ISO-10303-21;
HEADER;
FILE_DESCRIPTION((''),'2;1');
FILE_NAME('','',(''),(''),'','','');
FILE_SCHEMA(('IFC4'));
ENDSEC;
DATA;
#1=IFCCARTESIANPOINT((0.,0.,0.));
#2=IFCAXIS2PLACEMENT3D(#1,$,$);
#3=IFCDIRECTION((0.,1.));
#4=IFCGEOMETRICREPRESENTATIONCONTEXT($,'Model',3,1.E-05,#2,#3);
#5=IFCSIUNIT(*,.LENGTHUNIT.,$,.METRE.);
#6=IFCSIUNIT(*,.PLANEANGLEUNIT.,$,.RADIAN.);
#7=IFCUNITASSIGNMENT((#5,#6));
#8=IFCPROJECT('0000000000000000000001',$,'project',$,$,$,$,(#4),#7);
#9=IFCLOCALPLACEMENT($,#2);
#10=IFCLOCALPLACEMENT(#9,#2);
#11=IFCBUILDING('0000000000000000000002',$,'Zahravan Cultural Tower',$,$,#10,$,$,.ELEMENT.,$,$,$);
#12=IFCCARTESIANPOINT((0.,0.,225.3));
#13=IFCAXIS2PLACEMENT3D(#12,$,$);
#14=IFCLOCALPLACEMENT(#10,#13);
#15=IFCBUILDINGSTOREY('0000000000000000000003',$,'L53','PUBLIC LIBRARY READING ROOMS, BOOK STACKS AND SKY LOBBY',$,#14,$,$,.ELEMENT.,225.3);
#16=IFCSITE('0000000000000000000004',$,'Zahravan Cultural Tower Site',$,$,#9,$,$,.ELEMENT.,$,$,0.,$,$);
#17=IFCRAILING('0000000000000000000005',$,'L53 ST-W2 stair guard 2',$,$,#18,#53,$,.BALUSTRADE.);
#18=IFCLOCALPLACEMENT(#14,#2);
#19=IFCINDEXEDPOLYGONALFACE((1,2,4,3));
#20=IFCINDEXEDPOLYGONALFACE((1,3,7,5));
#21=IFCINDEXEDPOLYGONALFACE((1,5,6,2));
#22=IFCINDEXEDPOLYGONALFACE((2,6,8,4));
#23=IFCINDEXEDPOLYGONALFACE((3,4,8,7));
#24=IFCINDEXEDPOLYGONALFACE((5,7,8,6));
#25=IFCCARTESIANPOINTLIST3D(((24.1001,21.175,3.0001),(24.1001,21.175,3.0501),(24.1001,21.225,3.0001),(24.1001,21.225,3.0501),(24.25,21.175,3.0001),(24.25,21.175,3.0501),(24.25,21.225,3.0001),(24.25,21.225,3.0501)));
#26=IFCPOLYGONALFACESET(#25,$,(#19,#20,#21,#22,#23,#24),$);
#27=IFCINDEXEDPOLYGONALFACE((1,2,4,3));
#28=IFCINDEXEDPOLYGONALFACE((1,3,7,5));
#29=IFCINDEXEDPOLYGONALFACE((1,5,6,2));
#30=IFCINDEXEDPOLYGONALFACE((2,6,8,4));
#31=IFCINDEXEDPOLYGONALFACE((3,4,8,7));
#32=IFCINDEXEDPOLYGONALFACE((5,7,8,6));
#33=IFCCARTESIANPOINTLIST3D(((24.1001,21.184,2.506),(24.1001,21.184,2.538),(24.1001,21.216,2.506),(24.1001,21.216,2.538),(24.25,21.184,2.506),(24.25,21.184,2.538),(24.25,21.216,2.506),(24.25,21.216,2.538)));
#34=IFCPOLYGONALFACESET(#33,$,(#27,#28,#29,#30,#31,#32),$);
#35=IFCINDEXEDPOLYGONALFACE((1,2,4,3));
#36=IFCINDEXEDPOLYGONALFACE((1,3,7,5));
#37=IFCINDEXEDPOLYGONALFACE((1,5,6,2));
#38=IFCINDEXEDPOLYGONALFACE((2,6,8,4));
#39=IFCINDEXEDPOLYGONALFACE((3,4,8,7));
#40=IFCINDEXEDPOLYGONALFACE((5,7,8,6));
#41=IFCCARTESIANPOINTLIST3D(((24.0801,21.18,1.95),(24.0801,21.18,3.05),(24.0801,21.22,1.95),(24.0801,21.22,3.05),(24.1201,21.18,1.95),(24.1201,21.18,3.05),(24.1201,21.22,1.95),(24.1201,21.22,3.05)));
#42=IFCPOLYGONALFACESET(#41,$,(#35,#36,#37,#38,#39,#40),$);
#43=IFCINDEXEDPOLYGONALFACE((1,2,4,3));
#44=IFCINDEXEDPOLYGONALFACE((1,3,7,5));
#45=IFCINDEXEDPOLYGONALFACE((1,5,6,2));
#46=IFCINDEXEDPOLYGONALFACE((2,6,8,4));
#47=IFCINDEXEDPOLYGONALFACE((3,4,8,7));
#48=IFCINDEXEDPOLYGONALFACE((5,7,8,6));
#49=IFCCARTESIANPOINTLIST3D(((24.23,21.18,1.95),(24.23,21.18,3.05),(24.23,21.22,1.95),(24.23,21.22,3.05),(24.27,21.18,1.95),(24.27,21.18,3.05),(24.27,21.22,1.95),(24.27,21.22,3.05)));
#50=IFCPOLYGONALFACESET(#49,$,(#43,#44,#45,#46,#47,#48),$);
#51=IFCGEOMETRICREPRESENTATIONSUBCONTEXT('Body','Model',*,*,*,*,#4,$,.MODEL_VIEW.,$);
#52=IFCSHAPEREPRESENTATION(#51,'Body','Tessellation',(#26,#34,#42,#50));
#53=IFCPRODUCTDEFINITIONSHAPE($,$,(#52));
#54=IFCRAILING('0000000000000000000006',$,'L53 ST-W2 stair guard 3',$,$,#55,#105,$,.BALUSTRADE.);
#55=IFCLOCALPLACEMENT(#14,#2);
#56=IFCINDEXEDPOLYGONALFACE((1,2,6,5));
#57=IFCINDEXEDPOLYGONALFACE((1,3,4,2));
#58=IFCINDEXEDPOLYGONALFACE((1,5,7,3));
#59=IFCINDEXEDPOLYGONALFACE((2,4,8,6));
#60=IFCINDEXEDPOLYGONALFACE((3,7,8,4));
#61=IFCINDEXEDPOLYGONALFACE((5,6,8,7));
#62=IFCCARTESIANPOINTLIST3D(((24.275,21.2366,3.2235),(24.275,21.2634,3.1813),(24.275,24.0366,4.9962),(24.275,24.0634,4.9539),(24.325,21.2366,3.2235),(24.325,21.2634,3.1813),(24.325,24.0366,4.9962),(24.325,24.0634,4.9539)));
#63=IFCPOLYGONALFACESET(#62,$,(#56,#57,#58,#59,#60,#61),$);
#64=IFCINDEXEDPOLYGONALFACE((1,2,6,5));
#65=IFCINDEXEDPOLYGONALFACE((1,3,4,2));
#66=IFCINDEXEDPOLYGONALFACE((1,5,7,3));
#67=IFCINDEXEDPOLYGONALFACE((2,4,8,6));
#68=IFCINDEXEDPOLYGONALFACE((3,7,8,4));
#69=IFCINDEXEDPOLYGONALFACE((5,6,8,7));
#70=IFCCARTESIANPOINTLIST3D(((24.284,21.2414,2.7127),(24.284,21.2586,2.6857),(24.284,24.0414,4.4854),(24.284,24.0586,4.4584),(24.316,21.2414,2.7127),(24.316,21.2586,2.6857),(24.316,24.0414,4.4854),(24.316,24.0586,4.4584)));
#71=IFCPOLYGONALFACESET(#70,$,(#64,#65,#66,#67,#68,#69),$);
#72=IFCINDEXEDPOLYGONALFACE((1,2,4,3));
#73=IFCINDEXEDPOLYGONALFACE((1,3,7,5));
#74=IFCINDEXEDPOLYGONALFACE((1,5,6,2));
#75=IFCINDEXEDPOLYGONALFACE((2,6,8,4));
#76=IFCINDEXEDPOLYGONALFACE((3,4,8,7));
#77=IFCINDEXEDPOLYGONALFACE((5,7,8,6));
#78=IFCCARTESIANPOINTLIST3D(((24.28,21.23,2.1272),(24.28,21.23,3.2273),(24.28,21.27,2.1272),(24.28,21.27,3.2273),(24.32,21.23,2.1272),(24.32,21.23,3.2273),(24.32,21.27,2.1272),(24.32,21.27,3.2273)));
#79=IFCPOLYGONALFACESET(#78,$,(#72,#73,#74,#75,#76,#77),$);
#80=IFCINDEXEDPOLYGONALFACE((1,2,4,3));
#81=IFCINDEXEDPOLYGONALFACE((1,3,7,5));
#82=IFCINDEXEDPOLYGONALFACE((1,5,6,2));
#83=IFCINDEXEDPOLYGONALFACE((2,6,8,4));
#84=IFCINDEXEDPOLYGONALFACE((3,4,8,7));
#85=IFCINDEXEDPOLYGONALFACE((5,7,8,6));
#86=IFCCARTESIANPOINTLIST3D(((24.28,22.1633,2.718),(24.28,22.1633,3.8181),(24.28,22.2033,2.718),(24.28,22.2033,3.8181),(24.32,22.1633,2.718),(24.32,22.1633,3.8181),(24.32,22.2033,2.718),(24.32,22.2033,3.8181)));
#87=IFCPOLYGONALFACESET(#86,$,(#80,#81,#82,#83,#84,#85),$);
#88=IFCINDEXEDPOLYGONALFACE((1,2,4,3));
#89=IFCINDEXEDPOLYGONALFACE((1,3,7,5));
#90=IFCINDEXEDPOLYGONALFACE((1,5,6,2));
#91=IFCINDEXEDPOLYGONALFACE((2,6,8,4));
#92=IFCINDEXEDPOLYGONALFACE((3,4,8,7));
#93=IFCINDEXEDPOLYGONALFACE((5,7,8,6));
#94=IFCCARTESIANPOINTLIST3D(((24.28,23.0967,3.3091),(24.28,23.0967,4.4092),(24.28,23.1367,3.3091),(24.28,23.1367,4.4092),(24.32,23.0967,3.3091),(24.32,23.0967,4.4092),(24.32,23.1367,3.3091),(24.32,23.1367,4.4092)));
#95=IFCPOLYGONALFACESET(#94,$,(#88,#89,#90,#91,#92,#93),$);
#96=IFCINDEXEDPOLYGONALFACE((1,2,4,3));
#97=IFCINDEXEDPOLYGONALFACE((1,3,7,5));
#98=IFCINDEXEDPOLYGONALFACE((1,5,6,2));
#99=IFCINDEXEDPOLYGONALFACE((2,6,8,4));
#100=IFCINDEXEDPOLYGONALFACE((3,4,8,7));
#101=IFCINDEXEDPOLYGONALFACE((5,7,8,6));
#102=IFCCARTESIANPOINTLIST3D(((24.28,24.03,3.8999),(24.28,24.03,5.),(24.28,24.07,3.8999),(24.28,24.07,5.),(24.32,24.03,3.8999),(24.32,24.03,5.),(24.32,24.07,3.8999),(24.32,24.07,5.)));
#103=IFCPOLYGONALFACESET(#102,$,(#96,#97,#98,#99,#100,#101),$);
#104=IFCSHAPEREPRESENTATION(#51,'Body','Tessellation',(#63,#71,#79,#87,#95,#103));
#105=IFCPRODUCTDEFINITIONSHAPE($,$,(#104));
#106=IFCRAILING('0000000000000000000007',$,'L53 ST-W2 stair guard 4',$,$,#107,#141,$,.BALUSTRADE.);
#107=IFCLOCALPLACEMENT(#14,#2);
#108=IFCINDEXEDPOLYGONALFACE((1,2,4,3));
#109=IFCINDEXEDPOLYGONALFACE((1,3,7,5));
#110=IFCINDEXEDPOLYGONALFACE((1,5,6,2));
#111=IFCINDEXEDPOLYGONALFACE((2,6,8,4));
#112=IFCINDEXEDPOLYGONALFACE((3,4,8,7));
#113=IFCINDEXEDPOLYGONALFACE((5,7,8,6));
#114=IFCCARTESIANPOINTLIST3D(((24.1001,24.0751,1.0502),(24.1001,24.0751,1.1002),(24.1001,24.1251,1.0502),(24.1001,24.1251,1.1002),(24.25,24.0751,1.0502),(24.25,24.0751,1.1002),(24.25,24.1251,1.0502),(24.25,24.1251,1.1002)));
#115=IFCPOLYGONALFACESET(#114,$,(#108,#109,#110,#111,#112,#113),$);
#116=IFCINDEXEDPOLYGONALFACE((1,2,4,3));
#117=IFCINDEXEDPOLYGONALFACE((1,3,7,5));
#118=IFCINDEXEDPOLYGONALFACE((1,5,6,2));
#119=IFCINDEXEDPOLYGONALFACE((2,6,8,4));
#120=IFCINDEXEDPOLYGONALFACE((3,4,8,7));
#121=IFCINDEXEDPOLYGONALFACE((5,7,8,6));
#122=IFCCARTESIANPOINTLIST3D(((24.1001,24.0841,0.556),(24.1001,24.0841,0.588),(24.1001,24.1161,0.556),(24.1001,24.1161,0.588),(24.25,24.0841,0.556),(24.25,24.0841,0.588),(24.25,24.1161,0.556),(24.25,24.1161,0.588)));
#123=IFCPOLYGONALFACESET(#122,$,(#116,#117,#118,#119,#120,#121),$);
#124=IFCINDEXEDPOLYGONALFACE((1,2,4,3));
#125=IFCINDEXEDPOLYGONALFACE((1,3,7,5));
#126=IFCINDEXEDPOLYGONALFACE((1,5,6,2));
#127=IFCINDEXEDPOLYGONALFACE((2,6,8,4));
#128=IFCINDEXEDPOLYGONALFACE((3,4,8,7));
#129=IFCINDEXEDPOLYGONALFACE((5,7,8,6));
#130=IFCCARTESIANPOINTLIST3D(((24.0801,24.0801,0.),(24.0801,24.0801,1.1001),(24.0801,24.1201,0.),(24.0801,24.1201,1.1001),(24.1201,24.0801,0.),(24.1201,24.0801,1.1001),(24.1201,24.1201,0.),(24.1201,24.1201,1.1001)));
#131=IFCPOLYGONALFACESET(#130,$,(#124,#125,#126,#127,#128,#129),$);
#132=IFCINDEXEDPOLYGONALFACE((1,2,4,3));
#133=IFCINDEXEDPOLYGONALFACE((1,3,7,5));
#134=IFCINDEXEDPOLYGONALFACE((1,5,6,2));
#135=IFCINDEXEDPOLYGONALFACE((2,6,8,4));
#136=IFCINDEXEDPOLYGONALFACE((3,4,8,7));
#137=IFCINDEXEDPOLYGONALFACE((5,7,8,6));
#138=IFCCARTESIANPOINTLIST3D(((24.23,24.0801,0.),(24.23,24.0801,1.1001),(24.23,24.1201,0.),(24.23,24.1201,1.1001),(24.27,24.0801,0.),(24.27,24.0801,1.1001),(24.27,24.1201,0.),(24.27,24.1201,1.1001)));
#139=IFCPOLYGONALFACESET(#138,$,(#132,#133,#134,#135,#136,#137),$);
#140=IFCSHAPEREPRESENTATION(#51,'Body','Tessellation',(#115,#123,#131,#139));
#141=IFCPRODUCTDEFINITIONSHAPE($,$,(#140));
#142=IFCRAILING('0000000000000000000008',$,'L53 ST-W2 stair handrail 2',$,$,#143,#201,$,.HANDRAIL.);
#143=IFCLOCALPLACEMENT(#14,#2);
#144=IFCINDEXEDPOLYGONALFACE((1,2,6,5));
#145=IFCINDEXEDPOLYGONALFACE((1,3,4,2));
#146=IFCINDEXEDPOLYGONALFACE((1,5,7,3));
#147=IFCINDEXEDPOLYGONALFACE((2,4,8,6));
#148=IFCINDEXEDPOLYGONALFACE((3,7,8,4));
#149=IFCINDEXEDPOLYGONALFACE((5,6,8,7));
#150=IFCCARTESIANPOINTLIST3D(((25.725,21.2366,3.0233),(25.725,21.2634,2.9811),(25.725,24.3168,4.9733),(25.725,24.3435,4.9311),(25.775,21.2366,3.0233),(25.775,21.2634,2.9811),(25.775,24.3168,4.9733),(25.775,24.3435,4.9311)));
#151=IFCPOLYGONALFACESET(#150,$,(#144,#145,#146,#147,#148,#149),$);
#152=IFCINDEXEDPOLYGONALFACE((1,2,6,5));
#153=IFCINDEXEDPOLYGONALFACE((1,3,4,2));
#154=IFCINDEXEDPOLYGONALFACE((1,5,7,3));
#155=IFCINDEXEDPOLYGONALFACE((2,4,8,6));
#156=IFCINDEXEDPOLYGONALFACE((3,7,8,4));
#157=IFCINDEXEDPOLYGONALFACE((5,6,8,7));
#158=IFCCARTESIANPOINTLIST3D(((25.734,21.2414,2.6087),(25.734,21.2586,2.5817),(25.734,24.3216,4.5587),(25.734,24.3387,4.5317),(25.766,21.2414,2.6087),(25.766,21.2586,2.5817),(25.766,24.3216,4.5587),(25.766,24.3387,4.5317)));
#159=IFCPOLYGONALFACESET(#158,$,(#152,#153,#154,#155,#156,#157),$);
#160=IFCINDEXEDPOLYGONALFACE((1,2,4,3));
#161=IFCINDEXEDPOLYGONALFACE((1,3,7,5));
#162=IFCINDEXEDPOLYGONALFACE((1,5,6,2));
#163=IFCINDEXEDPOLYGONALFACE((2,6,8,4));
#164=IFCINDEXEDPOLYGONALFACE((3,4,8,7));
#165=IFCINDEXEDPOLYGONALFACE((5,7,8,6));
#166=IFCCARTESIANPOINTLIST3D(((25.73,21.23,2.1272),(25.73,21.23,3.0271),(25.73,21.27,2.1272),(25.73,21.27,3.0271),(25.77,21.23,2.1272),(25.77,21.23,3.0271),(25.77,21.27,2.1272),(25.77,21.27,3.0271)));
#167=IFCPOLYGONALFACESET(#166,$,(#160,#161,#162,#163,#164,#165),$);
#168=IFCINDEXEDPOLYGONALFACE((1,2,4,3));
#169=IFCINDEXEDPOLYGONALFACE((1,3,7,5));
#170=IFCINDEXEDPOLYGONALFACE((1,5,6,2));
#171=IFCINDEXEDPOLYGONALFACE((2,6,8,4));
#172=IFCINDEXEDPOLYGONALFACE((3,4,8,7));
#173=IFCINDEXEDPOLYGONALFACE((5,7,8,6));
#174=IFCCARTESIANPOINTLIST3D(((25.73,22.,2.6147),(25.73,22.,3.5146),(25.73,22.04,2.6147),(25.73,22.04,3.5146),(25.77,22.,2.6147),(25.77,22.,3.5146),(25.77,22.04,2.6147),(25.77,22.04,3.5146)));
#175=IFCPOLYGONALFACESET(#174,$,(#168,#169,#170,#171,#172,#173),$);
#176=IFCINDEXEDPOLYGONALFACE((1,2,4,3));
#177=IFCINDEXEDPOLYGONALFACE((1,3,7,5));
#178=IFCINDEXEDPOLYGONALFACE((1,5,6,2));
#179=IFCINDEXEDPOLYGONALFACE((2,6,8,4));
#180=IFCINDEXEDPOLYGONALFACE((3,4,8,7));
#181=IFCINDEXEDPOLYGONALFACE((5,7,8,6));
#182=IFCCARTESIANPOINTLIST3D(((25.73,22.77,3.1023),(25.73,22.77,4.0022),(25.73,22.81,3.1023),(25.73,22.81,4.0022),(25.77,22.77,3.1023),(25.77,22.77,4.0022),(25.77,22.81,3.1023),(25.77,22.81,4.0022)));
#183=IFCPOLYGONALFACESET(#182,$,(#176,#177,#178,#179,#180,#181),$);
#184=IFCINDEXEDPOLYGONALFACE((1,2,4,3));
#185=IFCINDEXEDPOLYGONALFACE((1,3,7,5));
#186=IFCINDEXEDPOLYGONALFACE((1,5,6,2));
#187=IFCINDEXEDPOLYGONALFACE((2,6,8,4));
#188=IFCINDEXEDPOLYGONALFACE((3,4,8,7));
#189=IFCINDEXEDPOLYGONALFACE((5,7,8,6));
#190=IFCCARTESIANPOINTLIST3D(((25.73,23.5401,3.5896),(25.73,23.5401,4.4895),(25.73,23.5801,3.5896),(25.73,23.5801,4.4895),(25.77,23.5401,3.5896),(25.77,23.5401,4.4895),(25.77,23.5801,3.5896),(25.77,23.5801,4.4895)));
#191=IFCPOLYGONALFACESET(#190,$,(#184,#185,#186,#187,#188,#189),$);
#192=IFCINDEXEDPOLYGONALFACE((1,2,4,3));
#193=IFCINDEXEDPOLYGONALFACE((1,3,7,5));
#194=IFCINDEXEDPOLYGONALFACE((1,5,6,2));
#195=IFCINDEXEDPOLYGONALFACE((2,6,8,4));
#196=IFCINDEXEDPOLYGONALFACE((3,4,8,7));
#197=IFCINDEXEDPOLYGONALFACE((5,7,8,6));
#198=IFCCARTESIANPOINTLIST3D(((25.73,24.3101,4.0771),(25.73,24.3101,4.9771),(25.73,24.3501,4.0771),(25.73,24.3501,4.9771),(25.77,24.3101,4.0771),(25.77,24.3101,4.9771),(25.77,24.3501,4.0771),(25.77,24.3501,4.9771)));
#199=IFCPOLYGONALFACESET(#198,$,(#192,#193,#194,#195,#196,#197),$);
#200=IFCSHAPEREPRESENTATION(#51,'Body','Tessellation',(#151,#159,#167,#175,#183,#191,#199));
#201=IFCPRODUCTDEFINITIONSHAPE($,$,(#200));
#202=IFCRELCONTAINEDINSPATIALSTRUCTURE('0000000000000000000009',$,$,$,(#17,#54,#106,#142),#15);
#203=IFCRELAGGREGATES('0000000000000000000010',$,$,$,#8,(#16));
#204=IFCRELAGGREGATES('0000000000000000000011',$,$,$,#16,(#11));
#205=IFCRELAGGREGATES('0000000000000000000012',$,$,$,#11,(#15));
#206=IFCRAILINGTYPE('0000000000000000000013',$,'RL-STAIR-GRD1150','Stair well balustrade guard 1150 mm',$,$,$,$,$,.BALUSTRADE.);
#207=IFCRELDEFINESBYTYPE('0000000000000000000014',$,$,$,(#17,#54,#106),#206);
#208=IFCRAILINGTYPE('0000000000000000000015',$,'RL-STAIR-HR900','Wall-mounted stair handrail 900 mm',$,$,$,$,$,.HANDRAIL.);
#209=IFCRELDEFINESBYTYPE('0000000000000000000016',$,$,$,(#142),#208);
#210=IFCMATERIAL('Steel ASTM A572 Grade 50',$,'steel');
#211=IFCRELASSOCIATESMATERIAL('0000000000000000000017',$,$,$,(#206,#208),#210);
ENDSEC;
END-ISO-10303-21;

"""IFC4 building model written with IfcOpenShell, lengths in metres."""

from ifc_helpers import new_model, si_unit, direction, frame, origin, origin_2d, place, context, subcontext, project, spatial, rectangle, extrude, material, type_object, element, save


model = new_model("IFC4")

# Units and contexts
model_context = context("Model", 3, precision=1e-05, world=origin(), true_north=direction((0.0, 1.0)))
body_context = subcontext(model_context, "Body", "Model", "MODEL_VIEW")
ifc_project = project(units=[si_unit("LENGTHUNIT", "METRE"), si_unit("PLANEANGLEUNIT", "RADIAN")], contexts=[model_context])

# Site, building, storey
site_placement = place(None, origin())
site = spatial("IfcSite", under=ifc_project, at=site_placement, Name="Zahravan Cultural Tower Site", CompositionType="ELEMENT", RefElevation=0.0)
building_placement = place(site_placement, origin())
building = spatial("IfcBuilding", under=site, at=building_placement, Name="Zahravan Cultural Tower", CompositionType="ELEMENT")
storey_placement = place(building_placement, frame((0.0, 0.0, 225.3)))
storey = spatial("IfcBuildingStorey", under=building, at=storey_placement, Name="L53", Description="PUBLIC LIBRARY READING ROOMS, BOOK STACKS AND SKY LOBBY", CompositionType="ELEMENT", Elevation=225.3)

# Shared definitions
ifc_material_1 = material(Name="Steel ASTM A572 Grade 50", Category="steel")

# Railings
railing_type_1 = type_object("IfcRailingType", Name="RL-STAIR-GRD1150", Description="Stair well balustrade guard 1150 mm", PredefinedType="BALUSTRADE", material=ifc_material_1)
railing_1_placement = place(storey_placement, frame((24.1001, 21.2, 1.95)))
element("IfcRailing", 1, at=railing_1_placement, inside=storey, type_object=railing_type_1, Name="L53 ST-W2 stair guard 2", PredefinedType="BALUSTRADE", context=body_context, shape_type="SweptSolid", body=[
    extrude(rectangle(XDim=0.05, YDim=0.05, at=origin_2d()), frame((0.0, 0.0, 1.0752), z_axis=(1.0, 0.0, 0.0), x_axis=(0.0, 1.0, 0.0)), (0.0, 0.0, 1.0), 0.1499),
    extrude(rectangle(XDim=0.032, YDim=0.032, at=origin_2d()), frame((0.0, 0.0, 0.572), z_axis=(1.0, 0.0, 0.0), x_axis=(0.0, 1.0, 0.0)), (0.0, 0.0, 1.0), 0.1499),
    extrude(rectangle(XDim=0.04, YDim=0.04, at=origin_2d()), origin(), (0.0, 0.0, 1.0), 1.1001),
    extrude(rectangle(XDim=0.04, YDim=0.04, at=origin_2d()), frame((0.1499, 0.0, 0.0)), (0.0, 0.0, 1.0), 1.1001),
])
railing_2_placement = place(storey_placement, frame((24.3, 21.25, 2.1272)))
element("IfcRailing", 2, at=railing_2_placement, inside=storey, type_object=railing_type_1, Name="L53 ST-W2 stair guard 3", PredefinedType="BALUSTRADE", context=body_context, shape_type="SweptSolid", body=[
    extrude(rectangle(XDim=0.05, YDim=0.05, at=origin_2d()), frame((0.0, 0.0, 1.0752), z_axis=(0.0, 0.844909, 0.53491), x_axis=(-1.0, 0.0, 0.0)), (0.0, 0.0, 1.0), 3.314),
    extrude(rectangle(XDim=0.032, YDim=0.032, at=origin_2d()), frame((0.0, 0.0, 0.572), z_axis=(0.0, 0.844909, 0.53491), x_axis=(-1.0, 0.0, 0.0)), (0.0, 0.0, 1.0), 3.314),
    extrude(rectangle(XDim=0.04, YDim=0.04, at=origin_2d()), origin(), (0.0, 0.0, 1.0), 1.1001),
    extrude(rectangle(XDim=0.04, YDim=0.04, at=origin_2d()), frame((0.0, 0.9333, 0.5908)), (0.0, 0.0, 1.0), 1.1001),
    extrude(rectangle(XDim=0.04, YDim=0.04, at=origin_2d()), frame((0.0, 1.8667, 1.1819)), (0.0, 0.0, 1.0), 1.1001),
    extrude(rectangle(XDim=0.04, YDim=0.04, at=origin_2d()), frame((0.0, 2.8, 1.7727)), (0.0, 0.0, 1.0), 1.1001),
])
railing_3_placement = place(storey_placement, frame((24.1001, 24.1001, 0.0)))
element("IfcRailing", 3, at=railing_3_placement, inside=storey, type_object=railing_type_1, Name="L53 ST-W2 stair guard 4", PredefinedType="BALUSTRADE", context=body_context, shape_type="SweptSolid", body=[
    extrude(rectangle(XDim=0.05, YDim=0.05, at=origin_2d()), frame((0.0, 0.0, 1.0752), z_axis=(1.0, 0.0, 0.0), x_axis=(0.0, 1.0, 0.0)), (0.0, 0.0, 1.0), 0.1499),
    extrude(rectangle(XDim=0.032, YDim=0.032, at=origin_2d()), frame((0.0, 0.0, 0.572), z_axis=(1.0, 0.0, 0.0), x_axis=(0.0, 1.0, 0.0)), (0.0, 0.0, 1.0), 0.1499),
    extrude(rectangle(XDim=0.04, YDim=0.04, at=origin_2d()), origin(), (0.0, 0.0, 1.0), 1.1001),
    extrude(rectangle(XDim=0.04, YDim=0.04, at=origin_2d()), frame((0.1499, 0.0, 0.0)), (0.0, 0.0, 1.0), 1.1001),
])
railing_type_2 = type_object("IfcRailingType", Name="RL-STAIR-HR900", Description="Wall-mounted stair handrail 900 mm", PredefinedType="HANDRAIL", material=ifc_material_1)
railing_4_placement = place(storey_placement, frame((25.75, 21.25, 2.1272)))
element("IfcRailing", 4, at=railing_4_placement, inside=storey, type_object=railing_type_2, Name="L53 ST-W2 stair handrail 2", PredefinedType="HANDRAIL", context=body_context, shape_type="SweptSolid", body=[
    extrude(rectangle(XDim=0.05, YDim=0.05, at=origin_2d()), frame((0.0, 0.0, 0.875), z_axis=(0.0, 0.844914, 0.534902), x_axis=(-1.0, 0.0, 0.0)), (0.0, 0.0, 1.0), 3.6455),
    extrude(rectangle(XDim=0.032, YDim=0.032, at=origin_2d()), frame((0.0, 0.0, 0.468), z_axis=(0.0, 0.844914, 0.534902), x_axis=(-1.0, 0.0, 0.0)), (0.0, 0.0, 1.0), 3.6455),
    extrude(rectangle(XDim=0.04, YDim=0.04, at=origin_2d()), origin(), (0.0, 0.0, 1.0), 0.8999),
    extrude(rectangle(XDim=0.04, YDim=0.04, at=origin_2d()), frame((0.0, 0.77, 0.4875)), (0.0, 0.0, 1.0), 0.8999),
    extrude(rectangle(XDim=0.04, YDim=0.04, at=origin_2d()), frame((0.0, 1.54, 0.9751)), (0.0, 0.0, 1.0), 0.8999),
    extrude(rectangle(XDim=0.04, YDim=0.04, at=origin_2d()), frame((0.0, 2.3101, 1.4624)), (0.0, 0.0, 1.0), 0.8999),
    extrude(rectangle(XDim=0.04, YDim=0.04, at=origin_2d()), frame((0.0, 3.0801, 1.95)), (0.0, 0.0, 1.0), 0.8999),
])

save(model, "model.ifc")
